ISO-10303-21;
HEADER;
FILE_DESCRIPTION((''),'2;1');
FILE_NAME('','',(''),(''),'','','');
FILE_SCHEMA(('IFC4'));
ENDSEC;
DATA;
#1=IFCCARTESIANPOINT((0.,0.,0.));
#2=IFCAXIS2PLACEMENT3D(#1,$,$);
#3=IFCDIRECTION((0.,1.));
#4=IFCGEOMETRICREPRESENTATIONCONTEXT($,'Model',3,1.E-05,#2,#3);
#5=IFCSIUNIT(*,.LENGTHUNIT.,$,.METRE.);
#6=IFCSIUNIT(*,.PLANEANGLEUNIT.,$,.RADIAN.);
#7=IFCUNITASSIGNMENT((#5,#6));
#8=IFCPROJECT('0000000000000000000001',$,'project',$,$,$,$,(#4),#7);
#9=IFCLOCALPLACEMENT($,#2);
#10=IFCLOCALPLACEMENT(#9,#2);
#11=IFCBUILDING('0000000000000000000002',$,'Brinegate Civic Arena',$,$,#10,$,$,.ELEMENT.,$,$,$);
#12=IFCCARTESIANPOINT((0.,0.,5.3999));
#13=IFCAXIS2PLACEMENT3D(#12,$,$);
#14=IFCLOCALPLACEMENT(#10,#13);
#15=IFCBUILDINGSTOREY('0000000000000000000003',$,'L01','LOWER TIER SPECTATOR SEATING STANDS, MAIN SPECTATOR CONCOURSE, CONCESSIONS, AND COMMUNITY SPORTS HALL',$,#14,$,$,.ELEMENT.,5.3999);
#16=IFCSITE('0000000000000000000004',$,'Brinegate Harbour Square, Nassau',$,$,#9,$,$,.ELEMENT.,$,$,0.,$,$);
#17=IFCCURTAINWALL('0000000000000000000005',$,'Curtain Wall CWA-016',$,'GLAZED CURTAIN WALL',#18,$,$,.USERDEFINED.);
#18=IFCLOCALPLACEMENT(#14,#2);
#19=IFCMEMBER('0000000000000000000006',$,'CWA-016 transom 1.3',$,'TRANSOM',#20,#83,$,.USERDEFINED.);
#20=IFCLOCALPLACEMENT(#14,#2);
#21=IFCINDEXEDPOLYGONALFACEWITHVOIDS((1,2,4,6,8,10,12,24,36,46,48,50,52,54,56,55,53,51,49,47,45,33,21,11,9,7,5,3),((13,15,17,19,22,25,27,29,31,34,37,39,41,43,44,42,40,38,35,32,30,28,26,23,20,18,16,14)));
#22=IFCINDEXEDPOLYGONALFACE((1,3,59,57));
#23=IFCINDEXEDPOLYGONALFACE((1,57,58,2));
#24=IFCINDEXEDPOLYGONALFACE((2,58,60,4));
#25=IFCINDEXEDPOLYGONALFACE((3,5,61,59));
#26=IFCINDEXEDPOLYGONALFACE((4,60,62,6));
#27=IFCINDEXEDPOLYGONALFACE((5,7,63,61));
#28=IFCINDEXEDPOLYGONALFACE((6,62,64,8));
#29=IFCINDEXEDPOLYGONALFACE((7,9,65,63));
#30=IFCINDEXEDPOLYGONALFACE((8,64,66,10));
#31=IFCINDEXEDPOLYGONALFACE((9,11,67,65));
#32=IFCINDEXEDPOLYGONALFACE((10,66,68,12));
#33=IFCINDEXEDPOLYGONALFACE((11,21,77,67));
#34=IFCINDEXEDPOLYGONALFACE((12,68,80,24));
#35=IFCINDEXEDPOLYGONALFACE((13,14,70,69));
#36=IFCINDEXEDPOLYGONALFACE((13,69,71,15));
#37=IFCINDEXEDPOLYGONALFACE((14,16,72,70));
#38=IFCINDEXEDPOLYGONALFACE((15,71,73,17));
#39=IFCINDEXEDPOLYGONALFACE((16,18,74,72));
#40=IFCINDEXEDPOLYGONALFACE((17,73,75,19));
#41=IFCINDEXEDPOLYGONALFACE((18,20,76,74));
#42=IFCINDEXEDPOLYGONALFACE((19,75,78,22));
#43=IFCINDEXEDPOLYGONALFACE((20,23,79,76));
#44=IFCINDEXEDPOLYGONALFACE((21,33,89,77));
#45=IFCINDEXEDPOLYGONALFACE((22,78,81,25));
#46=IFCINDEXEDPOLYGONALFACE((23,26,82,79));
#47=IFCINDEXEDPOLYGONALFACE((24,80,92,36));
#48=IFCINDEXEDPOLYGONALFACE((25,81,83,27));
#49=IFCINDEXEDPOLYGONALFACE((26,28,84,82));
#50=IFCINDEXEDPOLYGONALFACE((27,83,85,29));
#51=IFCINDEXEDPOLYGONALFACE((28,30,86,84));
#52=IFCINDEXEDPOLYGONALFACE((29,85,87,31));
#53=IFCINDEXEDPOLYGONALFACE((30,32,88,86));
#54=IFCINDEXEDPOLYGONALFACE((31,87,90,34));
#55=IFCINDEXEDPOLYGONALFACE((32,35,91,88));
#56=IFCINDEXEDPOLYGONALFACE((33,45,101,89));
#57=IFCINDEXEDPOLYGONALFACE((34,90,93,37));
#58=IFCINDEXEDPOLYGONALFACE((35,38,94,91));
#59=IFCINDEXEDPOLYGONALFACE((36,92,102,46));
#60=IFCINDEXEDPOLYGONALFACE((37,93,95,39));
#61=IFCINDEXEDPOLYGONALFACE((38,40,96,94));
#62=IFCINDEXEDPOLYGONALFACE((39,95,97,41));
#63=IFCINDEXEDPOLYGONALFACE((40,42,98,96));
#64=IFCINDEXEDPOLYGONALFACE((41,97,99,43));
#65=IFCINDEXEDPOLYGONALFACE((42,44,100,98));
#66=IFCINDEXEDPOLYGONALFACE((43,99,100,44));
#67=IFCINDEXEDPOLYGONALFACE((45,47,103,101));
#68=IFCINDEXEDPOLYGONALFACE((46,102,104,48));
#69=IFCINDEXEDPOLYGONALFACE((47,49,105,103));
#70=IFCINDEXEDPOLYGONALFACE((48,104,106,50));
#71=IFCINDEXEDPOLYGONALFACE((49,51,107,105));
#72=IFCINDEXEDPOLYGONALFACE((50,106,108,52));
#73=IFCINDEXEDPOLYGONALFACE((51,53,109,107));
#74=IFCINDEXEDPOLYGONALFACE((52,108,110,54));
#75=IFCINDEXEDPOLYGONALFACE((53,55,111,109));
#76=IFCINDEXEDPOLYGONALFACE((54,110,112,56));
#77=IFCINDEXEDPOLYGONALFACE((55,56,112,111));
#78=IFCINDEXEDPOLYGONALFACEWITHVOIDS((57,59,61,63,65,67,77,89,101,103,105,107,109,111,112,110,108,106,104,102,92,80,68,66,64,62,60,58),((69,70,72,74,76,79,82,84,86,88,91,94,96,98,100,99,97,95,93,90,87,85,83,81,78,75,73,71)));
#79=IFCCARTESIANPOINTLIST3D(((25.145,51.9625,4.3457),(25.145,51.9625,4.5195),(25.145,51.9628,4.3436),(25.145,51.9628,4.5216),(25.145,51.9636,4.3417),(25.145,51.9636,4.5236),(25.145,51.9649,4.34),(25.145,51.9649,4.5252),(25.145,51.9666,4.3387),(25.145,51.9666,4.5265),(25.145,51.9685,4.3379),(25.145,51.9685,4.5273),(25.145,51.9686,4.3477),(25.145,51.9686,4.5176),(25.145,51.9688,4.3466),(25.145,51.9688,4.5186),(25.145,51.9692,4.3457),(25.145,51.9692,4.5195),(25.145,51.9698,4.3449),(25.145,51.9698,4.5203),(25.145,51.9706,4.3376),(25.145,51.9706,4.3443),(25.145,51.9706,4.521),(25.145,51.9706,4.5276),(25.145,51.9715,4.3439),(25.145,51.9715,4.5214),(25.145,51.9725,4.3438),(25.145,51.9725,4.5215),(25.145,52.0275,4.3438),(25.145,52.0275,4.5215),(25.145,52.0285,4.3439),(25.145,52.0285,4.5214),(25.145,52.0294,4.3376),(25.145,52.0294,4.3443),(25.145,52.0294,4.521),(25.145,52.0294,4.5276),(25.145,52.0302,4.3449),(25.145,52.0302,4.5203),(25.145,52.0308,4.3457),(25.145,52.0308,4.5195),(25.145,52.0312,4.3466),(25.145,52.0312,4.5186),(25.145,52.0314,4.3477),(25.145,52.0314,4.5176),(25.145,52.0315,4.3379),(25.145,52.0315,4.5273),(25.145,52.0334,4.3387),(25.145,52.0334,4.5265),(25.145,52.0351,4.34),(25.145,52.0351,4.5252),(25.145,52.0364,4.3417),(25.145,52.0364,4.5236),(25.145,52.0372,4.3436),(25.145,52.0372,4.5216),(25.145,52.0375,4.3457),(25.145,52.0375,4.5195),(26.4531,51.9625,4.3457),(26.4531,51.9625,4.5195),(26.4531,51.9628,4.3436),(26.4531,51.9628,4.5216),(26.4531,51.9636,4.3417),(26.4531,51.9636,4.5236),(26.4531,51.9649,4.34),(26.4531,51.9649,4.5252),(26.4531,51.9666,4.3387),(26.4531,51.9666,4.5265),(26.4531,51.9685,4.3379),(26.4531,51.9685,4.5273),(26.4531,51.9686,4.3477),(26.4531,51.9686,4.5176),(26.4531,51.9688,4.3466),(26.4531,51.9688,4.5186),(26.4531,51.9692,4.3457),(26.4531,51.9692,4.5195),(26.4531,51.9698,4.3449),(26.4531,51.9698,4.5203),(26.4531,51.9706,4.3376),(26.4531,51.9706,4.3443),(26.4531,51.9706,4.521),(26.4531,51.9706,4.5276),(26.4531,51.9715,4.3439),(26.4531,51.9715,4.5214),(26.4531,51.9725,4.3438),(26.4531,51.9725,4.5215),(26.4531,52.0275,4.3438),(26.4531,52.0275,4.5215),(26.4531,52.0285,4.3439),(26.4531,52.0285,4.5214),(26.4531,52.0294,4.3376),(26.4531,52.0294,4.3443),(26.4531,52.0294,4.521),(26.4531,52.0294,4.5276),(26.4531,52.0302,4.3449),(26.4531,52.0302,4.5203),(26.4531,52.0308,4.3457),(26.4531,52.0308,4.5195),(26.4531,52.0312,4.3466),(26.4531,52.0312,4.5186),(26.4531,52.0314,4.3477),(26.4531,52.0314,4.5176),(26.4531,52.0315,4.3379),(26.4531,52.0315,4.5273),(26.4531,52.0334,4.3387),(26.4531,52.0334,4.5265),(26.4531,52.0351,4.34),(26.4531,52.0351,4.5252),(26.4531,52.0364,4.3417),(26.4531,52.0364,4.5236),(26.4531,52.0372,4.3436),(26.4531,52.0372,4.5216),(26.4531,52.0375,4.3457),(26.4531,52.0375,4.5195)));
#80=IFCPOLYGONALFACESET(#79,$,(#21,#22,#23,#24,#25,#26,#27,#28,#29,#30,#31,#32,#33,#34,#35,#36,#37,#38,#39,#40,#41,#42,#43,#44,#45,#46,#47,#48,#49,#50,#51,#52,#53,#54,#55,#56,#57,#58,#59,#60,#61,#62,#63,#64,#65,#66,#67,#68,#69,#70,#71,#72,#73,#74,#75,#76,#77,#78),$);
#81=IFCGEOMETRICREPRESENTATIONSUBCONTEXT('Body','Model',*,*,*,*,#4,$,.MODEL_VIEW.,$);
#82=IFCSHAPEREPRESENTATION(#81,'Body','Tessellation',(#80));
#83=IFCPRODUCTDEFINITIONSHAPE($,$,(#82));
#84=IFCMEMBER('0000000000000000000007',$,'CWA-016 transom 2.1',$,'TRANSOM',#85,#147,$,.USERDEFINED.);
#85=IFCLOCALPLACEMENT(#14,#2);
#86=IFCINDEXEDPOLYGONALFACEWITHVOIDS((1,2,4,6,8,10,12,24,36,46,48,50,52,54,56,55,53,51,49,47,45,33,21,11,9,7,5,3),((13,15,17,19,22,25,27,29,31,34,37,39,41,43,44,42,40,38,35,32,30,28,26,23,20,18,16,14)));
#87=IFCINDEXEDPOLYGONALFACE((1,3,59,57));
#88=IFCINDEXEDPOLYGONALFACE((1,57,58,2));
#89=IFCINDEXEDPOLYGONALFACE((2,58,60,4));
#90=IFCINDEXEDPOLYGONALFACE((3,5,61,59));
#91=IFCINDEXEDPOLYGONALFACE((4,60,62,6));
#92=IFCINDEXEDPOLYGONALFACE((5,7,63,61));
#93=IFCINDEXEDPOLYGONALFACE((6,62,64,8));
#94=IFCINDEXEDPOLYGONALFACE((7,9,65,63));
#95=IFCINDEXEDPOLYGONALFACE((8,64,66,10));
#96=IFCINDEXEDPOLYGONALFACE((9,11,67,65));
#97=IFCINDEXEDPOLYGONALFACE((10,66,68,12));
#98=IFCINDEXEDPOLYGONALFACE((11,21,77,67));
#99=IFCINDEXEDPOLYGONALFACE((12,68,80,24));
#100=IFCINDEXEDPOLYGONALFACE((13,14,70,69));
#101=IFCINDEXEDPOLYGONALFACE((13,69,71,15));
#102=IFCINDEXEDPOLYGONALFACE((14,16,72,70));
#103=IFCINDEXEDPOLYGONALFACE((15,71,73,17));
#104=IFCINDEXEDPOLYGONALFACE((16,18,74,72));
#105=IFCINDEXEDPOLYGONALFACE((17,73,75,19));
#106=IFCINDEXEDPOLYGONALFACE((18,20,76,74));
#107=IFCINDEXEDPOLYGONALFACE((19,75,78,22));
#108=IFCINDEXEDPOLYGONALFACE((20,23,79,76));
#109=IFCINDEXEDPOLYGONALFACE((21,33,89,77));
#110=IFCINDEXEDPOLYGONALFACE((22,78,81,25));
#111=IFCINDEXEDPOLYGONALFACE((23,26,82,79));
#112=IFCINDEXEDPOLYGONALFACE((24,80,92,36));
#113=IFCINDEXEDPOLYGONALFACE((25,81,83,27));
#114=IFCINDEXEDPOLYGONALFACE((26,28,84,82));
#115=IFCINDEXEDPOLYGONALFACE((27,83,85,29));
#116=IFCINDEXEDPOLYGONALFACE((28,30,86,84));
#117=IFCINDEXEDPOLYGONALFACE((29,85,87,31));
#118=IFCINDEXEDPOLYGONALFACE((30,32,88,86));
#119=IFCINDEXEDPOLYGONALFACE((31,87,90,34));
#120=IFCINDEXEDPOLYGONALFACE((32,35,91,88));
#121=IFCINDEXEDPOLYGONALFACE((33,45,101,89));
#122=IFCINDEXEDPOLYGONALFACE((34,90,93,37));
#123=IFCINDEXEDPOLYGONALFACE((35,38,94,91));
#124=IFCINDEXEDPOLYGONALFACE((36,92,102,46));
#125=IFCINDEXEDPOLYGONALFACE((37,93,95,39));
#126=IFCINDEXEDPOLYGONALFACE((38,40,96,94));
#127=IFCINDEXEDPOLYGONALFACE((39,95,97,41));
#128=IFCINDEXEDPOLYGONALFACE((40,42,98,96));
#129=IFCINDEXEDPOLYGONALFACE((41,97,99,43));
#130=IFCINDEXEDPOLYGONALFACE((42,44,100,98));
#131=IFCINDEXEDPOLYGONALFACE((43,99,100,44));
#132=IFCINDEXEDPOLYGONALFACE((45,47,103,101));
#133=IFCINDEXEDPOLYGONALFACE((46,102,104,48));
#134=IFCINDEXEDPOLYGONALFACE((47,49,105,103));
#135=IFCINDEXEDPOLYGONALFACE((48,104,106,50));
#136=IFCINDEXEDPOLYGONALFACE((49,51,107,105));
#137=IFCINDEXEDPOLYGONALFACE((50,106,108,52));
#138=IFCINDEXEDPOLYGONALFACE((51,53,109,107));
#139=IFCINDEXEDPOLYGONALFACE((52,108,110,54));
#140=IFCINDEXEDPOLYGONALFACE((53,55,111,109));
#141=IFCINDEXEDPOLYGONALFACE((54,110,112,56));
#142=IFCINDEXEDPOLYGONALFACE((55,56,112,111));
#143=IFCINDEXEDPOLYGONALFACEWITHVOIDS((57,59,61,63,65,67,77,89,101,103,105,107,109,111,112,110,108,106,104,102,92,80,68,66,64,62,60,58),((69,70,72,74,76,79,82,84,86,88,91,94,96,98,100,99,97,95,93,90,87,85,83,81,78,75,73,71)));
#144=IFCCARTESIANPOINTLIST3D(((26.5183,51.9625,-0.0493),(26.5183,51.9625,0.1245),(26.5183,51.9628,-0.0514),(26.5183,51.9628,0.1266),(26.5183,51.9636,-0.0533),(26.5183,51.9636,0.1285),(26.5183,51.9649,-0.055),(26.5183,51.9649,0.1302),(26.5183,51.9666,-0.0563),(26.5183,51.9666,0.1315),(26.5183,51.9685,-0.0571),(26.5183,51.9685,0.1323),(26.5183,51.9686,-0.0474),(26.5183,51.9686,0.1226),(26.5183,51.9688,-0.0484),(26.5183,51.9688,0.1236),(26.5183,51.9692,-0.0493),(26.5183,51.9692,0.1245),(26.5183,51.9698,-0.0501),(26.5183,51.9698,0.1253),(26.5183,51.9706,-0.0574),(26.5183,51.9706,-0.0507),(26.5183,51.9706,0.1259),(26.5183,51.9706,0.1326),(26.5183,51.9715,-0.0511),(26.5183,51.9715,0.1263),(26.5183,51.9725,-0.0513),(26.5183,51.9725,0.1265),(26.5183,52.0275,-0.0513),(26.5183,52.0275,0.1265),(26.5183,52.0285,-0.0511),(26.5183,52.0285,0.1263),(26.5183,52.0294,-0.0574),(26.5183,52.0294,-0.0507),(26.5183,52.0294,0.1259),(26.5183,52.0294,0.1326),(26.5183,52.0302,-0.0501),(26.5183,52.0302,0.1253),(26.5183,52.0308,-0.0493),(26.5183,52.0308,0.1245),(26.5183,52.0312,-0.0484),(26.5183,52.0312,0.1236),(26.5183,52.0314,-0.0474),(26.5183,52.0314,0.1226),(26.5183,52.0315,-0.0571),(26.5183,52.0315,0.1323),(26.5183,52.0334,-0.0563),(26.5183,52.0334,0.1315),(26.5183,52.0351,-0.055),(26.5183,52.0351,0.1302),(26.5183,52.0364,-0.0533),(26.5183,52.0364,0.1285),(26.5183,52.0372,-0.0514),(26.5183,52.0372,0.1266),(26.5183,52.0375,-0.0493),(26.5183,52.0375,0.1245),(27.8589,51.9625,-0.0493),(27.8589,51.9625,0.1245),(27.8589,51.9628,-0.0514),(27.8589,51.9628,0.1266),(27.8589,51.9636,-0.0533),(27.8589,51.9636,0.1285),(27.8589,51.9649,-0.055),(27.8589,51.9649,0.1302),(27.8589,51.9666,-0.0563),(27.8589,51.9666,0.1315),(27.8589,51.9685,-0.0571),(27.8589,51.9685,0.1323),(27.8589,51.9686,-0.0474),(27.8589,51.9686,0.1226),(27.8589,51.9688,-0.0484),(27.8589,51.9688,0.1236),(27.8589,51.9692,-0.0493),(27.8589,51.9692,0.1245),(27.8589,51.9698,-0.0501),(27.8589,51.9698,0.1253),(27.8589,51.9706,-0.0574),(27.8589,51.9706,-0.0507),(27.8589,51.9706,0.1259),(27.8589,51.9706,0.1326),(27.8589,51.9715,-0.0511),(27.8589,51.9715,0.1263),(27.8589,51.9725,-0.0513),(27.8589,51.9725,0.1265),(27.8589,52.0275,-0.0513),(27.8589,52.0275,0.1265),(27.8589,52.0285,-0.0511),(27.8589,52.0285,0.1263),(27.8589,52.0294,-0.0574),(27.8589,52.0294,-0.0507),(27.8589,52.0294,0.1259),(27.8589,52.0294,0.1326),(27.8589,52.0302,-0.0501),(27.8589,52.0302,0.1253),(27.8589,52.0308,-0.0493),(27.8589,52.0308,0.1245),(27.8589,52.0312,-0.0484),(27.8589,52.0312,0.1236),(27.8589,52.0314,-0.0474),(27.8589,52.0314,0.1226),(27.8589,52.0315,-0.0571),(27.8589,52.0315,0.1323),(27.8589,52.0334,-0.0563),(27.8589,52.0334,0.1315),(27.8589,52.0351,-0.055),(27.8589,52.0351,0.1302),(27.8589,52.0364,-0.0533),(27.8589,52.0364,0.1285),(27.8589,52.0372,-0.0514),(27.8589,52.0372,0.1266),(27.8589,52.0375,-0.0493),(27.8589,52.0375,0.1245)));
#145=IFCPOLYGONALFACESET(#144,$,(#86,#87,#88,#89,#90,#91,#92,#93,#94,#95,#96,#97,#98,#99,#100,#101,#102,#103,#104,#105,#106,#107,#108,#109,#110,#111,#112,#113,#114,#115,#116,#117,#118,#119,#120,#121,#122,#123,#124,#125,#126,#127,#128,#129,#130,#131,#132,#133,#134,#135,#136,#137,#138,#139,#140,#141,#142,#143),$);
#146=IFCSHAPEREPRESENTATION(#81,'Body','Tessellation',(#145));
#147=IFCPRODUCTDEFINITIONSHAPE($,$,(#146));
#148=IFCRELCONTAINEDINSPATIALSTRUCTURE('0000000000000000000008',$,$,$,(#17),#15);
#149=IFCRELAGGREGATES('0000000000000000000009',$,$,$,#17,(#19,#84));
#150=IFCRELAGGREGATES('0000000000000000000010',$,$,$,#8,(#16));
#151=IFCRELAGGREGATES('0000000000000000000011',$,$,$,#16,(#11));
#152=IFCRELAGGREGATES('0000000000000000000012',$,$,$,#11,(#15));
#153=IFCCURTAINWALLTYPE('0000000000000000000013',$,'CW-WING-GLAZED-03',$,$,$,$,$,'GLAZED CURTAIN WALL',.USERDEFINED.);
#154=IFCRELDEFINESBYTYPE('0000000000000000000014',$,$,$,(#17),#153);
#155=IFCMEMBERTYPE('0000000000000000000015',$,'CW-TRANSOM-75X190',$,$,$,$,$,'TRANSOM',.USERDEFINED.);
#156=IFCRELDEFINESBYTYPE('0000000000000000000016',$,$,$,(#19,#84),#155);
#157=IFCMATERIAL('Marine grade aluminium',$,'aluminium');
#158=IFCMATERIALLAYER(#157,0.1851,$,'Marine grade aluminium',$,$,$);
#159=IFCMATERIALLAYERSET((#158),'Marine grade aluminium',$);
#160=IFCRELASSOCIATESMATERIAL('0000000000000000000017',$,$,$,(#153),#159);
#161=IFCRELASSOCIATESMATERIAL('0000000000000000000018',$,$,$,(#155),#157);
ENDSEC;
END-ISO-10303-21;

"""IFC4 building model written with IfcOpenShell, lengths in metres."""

from ifc_helpers import new_model, si_unit, direction, frame, origin, origin_2d, place, context, subcontext, project, spatial, hollow_rectangle, extrude, material, layer, layer_set, material_profile, profile_set, type_object, element, aggregate, save


model = new_model("IFC4")

# Units and contexts
model_context = context("Model", 3, precision=1e-05, world=origin(), true_north=direction((0.0, 1.0)))
body_context = subcontext(model_context, "Body", "Model", "MODEL_VIEW")
ifc_project = project(units=[si_unit("LENGTHUNIT", "METRE"), si_unit("PLANEANGLEUNIT", "RADIAN")], contexts=[model_context])

# Site, building, storey
site_placement = place(None, origin())
site = spatial("IfcSite", under=ifc_project, at=site_placement, Name="Brinegate Harbour Square, Nassau", CompositionType="ELEMENT", RefElevation=0.0)
building_placement = place(site_placement, origin())
building = spatial("IfcBuilding", under=site, at=building_placement, Name="Brinegate Civic Arena", CompositionType="ELEMENT")
storey_placement = place(building_placement, frame((0.0, 0.0, 5.3999)))
storey = spatial("IfcBuildingStorey", under=building, at=storey_placement, Name="L01", Description="LOWER TIER SPECTATOR SEATING STANDS, MAIN SPECTATOR CONCOURSE, CONCESSIONS, AND COMMUNITY SPORTS HALL", CompositionType="ELEMENT", Elevation=5.3999)

# Shared definitions
ifc_material_1 = material(Name="Marine grade aluminium", Category="aluminium")

# Curtain wall
ifc_layer_1 = layer(ifc_material_1, 0.1851, Name="Marine grade aluminium")
ifc_layer_set_1 = layer_set([ifc_layer_1], Name="Marine grade aluminium")
curtain_wall_type_1 = type_object("IfcCurtainWallType", Name="CW-WING-GLAZED-03", ElementType="GLAZED CURTAIN WALL", PredefinedType="USERDEFINED", material=ifc_layer_set_1)
curtain_wall_1_placement = place(storey_placement, origin())
curtain_wall_1 = element("IfcCurtainWall", 1, at=curtain_wall_1_placement, inside=storey, type_object=curtain_wall_type_1, Name="Curtain Wall CWA-016", ObjectType="GLAZED CURTAIN WALL", PredefinedType="USERDEFINED")

# Members
ifc_material_profile_1 = material_profile(ifc_material_1, hollow_rectangle(XDim=0.075, YDim=0.1899, WallThickness=0.0061, InnerFilletRadius=0.0039, OuterFilletRadius=0.0081, at=origin_2d()), Name="TRN75X190")
ifc_profile_set_1 = profile_set([ifc_material_profile_1], Name="Marine grade aluminium")
member_type_1 = type_object("IfcMemberType", Name="CW-TRANSOM-75X190", ElementType="TRANSOM", PredefinedType="USERDEFINED", material=ifc_profile_set_1)
member_1_placement = place(storey_placement, frame((25.145, 52.0, 4.4326), z_axis=(1.0, 0.0, 0.0), x_axis=(0.0, 1.0, 0.0)))
member_1 = element("IfcMember", 2, at=member_1_placement, type_object=member_type_1, Name="CWA-016 transom 1.3", ObjectType="TRANSOM", PredefinedType="USERDEFINED", context=body_context, shape_type="SweptSolid", body=[
    extrude(hollow_rectangle(XDim=0.075, YDim=0.1899, WallThickness=0.0061, InnerFilletRadius=0.0039, OuterFilletRadius=0.0081, at=origin_2d()), origin(), (0.0, 0.0, 1.0), 1.3081),
])
member_2_placement = place(storey_placement, frame((26.5183, 52.0, 0.0376), z_axis=(1.0, 0.0, 0.0), x_axis=(0.0, 1.0, 0.0)))
member_2 = element("IfcMember", 3, at=member_2_placement, type_object=member_type_1, Name="CWA-016 transom 2.1", ObjectType="TRANSOM", PredefinedType="USERDEFINED", context=body_context, shape_type="SweptSolid", body=[
    extrude(hollow_rectangle(XDim=0.075, YDim=0.1899, WallThickness=0.0061, InnerFilletRadius=0.0039, OuterFilletRadius=0.0081, at=origin_2d()), origin(), (0.0, 0.0, 1.0), 1.3406),
])

aggregate(curtain_wall_1, [member_1, member_2])

save(model, "model.ifc")
